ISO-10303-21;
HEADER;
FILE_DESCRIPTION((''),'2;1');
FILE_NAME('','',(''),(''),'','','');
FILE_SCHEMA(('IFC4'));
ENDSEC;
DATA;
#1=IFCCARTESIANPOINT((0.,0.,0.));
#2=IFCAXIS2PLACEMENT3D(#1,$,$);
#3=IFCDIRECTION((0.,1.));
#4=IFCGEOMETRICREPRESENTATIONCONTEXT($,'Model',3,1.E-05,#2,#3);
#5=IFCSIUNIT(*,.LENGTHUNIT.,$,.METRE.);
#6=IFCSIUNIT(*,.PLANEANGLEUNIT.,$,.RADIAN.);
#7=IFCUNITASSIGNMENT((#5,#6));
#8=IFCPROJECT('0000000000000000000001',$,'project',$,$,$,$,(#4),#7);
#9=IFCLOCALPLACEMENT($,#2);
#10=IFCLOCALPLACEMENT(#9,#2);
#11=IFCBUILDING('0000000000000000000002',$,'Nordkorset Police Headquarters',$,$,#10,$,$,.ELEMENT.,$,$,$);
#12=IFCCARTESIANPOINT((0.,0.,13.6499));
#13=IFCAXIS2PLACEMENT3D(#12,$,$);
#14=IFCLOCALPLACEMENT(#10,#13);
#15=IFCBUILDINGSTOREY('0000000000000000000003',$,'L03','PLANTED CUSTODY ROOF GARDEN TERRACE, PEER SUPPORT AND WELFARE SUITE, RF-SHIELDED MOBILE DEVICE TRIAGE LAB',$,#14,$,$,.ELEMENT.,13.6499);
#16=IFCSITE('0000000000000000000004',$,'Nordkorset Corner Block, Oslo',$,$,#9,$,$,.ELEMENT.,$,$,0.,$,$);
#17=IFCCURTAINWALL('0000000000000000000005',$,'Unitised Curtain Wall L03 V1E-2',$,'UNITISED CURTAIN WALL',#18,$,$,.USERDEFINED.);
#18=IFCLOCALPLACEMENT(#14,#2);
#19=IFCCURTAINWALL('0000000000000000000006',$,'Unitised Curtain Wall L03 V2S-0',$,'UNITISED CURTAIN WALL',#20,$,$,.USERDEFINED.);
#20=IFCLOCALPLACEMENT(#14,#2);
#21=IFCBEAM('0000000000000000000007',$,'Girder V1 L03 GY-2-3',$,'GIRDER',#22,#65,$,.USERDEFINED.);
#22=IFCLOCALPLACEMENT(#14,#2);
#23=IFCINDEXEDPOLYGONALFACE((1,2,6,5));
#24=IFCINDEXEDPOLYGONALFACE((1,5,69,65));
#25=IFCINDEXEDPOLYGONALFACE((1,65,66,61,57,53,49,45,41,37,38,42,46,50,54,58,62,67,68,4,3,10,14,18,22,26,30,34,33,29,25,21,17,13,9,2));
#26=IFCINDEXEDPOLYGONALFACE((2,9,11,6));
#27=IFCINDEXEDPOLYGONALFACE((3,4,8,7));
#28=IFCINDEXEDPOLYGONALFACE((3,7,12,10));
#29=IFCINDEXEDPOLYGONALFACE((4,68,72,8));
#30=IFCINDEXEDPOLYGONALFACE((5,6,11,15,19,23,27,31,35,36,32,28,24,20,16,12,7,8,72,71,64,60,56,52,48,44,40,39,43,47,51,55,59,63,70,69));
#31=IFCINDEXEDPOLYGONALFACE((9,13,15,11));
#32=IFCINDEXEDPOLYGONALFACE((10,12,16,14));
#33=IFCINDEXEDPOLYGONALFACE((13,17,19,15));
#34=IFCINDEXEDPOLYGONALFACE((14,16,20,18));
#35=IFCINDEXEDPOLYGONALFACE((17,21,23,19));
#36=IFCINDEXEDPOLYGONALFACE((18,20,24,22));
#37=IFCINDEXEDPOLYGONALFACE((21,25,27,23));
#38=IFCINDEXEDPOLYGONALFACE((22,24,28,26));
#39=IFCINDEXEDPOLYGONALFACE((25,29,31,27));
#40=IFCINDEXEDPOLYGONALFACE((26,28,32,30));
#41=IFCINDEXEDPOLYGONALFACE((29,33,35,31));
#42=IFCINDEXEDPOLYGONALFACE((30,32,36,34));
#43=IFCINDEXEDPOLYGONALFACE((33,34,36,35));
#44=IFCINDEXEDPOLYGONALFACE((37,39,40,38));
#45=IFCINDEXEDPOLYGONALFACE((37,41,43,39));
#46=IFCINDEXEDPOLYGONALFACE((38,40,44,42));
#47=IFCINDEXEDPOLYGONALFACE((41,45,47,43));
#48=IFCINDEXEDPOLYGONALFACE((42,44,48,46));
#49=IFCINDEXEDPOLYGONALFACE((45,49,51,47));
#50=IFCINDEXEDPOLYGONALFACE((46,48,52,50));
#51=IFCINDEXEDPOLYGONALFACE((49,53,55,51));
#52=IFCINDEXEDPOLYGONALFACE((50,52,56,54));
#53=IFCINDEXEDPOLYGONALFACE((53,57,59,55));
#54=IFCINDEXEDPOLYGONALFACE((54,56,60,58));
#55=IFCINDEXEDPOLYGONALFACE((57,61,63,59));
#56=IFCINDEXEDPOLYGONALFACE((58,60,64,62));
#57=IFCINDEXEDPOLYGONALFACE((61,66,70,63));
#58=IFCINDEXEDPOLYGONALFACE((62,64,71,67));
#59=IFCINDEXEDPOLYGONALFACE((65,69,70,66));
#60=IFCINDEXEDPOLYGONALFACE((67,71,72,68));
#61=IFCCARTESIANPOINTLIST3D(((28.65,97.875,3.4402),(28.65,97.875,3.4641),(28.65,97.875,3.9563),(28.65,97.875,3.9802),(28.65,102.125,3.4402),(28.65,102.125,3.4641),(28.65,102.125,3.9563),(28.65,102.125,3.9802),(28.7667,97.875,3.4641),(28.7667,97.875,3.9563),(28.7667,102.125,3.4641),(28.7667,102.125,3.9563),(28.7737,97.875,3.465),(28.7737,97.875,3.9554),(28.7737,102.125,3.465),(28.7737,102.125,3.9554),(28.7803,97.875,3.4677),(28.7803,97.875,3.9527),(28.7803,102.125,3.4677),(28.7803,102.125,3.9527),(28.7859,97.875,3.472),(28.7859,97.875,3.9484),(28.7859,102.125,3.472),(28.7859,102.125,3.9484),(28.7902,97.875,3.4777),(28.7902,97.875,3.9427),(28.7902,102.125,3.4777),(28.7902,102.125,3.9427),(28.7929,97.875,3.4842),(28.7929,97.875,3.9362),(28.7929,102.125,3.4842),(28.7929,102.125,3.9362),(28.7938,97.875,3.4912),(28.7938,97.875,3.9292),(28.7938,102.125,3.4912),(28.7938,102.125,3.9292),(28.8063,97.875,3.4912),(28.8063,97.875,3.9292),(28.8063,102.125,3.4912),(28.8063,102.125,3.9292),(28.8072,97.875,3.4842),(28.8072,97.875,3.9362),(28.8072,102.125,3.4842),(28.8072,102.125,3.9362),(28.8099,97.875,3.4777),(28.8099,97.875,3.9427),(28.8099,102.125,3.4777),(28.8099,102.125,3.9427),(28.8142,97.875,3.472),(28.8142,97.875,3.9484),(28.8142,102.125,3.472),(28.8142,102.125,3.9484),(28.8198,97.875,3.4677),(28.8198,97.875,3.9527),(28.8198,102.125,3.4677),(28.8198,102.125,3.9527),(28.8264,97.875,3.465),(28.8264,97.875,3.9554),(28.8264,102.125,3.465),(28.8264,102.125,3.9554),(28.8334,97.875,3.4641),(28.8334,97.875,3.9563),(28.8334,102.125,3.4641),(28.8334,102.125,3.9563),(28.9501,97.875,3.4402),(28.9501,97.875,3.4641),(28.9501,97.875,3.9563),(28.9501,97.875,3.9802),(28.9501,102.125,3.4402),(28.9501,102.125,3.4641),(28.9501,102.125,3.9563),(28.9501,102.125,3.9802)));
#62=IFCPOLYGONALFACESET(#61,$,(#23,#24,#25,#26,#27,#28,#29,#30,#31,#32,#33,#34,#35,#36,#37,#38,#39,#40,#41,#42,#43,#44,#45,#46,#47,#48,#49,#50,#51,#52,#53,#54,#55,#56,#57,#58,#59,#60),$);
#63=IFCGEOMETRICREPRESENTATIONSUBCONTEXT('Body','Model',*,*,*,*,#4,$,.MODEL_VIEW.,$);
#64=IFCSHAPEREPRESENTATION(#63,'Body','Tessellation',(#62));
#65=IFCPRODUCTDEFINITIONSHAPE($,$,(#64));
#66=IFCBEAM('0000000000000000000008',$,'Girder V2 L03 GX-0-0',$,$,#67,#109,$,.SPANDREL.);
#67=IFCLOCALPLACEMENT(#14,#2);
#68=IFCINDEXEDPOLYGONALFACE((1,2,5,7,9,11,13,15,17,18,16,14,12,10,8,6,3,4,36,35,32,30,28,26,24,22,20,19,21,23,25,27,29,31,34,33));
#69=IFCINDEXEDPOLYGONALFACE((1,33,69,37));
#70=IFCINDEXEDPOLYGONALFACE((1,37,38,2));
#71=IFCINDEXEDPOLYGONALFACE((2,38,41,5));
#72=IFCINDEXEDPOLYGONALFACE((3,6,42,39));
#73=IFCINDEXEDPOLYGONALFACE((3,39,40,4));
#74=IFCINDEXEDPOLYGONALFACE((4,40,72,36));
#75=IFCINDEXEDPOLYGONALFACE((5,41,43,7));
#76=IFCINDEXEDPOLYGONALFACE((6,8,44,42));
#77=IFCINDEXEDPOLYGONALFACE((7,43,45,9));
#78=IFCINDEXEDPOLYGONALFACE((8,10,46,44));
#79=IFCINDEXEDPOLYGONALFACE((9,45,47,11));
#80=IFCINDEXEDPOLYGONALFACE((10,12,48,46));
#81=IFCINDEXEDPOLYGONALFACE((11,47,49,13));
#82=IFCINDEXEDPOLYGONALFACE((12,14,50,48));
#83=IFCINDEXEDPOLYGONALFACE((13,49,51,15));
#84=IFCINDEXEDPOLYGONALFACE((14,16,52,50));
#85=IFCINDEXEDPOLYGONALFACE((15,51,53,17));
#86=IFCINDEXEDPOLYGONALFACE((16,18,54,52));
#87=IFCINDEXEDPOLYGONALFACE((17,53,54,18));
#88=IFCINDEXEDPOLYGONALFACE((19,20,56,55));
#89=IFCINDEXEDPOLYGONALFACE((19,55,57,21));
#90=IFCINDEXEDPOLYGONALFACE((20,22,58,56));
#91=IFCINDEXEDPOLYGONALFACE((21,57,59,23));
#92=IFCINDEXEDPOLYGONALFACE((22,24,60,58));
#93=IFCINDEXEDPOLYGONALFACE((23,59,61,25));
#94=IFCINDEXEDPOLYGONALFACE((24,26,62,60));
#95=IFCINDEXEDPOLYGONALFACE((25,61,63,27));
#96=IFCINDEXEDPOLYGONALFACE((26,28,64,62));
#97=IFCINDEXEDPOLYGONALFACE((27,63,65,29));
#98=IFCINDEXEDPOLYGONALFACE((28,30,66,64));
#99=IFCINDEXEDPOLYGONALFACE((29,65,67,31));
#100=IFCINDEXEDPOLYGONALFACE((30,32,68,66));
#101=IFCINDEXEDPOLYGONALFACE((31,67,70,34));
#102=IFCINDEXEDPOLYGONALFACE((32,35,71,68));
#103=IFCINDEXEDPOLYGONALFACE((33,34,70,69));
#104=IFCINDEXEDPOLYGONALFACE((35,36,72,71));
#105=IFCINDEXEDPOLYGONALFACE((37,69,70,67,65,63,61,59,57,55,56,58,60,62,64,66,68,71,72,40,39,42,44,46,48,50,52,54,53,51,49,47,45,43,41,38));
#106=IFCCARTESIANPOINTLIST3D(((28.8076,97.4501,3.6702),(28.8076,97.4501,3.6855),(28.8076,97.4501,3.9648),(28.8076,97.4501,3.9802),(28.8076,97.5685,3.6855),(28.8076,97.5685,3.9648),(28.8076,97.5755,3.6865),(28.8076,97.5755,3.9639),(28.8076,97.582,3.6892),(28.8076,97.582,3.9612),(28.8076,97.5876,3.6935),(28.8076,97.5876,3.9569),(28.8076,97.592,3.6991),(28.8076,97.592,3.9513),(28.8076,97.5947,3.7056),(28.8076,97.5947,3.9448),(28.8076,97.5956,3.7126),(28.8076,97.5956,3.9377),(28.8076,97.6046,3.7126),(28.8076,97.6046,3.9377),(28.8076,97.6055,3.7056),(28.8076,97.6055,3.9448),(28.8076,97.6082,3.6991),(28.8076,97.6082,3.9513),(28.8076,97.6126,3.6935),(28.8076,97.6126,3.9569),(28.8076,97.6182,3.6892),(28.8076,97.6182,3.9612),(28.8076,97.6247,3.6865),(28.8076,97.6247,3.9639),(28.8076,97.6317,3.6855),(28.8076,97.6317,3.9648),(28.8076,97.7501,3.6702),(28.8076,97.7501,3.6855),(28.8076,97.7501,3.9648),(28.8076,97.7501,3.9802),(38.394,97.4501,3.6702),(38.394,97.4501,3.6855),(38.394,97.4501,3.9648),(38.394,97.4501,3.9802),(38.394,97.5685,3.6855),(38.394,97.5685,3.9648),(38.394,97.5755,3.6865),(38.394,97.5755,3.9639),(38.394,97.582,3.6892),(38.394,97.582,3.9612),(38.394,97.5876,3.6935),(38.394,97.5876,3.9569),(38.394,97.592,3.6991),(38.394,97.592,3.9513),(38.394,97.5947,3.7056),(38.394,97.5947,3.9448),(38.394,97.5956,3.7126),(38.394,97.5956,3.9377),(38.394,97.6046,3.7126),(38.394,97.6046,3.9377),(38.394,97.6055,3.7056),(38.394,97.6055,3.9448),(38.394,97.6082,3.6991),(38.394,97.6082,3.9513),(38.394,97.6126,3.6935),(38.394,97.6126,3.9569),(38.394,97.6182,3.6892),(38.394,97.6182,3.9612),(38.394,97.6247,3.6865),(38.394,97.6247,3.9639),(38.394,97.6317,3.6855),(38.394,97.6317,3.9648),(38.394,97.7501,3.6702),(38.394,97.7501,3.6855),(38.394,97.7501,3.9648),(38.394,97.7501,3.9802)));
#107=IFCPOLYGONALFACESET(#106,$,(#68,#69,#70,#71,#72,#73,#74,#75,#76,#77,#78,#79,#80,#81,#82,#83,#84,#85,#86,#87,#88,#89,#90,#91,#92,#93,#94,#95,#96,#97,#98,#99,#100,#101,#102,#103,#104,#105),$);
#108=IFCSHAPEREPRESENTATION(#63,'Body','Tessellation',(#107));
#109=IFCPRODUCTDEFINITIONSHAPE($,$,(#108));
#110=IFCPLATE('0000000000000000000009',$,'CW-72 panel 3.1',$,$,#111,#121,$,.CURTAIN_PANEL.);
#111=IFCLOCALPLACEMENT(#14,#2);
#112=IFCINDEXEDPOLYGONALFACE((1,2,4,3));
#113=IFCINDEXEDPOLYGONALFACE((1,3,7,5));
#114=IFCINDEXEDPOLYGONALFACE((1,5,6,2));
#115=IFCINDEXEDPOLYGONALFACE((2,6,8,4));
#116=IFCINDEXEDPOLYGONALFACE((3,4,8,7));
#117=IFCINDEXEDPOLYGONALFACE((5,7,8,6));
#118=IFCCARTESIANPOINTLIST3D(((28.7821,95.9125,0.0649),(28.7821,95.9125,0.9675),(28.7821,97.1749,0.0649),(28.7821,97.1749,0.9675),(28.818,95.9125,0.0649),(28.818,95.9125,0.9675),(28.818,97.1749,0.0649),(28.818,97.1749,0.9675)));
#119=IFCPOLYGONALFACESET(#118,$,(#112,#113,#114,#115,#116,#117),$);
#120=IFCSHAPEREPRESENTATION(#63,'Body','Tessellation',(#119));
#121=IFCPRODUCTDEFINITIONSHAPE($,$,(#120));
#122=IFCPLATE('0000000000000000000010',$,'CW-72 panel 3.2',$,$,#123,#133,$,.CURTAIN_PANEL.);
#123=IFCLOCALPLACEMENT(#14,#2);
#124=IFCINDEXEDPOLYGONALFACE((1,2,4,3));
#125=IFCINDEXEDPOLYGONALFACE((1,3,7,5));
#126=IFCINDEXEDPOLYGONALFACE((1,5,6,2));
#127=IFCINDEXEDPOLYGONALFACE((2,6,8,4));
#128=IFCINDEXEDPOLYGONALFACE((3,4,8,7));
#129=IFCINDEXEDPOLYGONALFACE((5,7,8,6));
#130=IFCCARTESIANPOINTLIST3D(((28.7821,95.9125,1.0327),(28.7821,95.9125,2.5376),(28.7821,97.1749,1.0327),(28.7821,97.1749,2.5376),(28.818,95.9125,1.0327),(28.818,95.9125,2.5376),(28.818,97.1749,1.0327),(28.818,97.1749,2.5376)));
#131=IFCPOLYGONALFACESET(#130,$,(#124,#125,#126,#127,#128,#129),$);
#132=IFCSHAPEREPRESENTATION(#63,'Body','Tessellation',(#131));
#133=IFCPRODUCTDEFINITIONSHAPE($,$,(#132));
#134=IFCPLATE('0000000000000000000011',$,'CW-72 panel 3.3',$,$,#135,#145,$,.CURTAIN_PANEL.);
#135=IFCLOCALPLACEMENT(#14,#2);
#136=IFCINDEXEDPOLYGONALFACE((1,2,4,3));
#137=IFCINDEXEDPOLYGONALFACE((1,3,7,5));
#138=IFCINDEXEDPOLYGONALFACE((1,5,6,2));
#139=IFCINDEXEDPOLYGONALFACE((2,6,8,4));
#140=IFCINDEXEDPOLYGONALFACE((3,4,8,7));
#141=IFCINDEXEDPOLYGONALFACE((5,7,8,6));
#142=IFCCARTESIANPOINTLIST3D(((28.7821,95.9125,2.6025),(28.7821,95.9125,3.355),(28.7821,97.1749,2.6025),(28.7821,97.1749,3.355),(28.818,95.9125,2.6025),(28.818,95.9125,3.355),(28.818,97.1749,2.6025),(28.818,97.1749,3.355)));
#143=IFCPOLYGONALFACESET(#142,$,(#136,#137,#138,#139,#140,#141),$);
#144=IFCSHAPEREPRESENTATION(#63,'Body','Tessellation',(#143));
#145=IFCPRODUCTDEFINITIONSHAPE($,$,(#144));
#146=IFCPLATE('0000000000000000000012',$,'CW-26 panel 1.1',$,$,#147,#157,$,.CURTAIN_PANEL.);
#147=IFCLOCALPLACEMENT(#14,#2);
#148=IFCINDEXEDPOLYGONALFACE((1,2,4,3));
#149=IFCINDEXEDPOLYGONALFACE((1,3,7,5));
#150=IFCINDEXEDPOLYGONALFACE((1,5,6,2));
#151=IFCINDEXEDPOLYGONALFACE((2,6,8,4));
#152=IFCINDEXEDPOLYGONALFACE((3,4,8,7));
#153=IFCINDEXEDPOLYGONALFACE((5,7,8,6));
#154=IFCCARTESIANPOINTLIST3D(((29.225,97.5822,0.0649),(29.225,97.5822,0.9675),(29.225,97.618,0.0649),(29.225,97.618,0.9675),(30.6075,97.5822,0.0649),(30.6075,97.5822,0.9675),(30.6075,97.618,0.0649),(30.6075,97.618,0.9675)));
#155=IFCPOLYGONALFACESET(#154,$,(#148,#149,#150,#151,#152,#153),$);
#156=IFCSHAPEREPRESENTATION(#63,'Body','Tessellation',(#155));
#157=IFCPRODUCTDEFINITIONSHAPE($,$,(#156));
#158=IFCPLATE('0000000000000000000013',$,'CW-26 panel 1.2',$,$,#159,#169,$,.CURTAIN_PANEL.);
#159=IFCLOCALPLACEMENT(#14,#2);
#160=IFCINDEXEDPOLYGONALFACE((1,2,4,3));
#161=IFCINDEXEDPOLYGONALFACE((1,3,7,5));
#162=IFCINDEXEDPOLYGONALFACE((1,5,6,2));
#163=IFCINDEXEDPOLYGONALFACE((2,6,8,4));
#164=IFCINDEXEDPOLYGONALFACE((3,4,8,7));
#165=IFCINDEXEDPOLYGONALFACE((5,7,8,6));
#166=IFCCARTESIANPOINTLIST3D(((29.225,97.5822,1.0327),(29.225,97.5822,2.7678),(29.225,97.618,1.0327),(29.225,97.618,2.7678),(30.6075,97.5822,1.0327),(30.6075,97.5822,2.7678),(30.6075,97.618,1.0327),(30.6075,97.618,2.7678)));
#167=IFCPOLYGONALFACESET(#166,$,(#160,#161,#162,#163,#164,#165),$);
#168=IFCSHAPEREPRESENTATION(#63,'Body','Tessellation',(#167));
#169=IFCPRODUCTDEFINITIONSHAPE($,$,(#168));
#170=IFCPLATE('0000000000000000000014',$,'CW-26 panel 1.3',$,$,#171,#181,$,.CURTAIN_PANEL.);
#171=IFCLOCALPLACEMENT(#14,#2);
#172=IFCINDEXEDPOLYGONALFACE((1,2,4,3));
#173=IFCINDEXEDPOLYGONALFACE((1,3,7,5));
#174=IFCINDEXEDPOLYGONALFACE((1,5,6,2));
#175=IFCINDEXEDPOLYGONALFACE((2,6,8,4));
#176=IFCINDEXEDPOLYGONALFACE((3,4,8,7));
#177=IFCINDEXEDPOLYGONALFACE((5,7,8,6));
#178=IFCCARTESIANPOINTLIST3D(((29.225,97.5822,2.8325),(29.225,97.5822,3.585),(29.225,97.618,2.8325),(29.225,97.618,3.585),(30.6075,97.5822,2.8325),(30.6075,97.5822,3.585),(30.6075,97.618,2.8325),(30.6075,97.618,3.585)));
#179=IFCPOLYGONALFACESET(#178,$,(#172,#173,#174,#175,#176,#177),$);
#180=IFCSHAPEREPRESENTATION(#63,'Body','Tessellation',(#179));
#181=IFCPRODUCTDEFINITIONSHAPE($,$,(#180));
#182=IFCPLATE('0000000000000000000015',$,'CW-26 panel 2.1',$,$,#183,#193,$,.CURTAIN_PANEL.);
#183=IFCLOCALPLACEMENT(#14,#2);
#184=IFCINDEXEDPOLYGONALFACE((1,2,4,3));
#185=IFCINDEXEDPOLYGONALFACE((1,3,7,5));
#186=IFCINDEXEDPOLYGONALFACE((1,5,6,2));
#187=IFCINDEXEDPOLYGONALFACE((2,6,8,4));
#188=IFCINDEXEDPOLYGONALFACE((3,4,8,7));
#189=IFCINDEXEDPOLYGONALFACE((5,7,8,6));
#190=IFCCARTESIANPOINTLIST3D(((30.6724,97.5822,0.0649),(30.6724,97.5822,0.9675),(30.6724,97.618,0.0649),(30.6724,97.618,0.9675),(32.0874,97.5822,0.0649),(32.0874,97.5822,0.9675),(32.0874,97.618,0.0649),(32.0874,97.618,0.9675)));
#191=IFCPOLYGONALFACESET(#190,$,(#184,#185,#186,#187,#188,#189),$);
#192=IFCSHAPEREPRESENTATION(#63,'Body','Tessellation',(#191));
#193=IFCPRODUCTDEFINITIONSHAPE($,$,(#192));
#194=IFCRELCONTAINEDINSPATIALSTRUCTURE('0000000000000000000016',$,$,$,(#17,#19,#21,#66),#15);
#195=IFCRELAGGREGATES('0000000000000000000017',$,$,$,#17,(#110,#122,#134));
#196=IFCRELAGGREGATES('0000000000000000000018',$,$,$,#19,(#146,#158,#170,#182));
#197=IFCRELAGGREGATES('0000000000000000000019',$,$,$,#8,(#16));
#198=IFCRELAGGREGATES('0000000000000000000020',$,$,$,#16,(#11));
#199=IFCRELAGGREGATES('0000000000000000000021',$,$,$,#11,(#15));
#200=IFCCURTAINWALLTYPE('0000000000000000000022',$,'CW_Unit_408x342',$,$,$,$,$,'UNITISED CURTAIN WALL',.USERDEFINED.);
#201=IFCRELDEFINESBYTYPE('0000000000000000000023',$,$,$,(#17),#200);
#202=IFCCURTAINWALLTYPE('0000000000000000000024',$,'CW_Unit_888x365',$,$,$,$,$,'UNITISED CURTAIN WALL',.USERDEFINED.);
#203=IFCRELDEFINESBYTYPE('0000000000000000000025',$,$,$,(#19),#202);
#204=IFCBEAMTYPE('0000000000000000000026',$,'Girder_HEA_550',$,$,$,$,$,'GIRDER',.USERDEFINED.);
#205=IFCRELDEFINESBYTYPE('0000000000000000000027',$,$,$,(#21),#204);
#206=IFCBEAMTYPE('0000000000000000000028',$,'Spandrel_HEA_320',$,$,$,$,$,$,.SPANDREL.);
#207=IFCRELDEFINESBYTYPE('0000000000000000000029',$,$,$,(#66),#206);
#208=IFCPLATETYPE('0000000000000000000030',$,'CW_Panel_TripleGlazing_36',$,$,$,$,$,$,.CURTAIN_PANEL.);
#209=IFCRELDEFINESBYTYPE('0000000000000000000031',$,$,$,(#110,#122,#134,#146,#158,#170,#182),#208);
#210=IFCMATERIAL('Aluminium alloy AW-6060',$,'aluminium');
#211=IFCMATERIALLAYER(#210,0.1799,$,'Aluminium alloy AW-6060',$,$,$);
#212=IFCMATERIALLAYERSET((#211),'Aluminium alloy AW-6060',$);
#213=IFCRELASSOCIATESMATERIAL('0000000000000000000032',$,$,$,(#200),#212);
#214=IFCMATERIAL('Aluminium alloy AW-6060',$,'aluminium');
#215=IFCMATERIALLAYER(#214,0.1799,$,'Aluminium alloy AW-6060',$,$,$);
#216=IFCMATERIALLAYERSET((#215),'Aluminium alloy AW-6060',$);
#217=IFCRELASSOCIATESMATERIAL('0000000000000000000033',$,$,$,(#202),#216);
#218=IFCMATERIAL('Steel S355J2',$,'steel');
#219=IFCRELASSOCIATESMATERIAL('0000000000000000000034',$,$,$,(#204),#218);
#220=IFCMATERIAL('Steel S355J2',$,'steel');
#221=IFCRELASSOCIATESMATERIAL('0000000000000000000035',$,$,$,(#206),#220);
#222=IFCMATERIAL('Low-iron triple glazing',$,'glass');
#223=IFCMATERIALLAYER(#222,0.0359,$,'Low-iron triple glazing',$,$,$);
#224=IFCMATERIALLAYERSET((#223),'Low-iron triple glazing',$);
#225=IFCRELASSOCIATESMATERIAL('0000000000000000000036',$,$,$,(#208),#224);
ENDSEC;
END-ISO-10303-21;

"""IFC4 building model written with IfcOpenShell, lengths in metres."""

from ifc_helpers import new_model, si_unit, direction, frame, origin, origin_2d, place, context, subcontext, project, spatial, rectangle, i_section, extrude, material, layer, layer_set, material_profile, profile_set, type_object, element, aggregate, save


model = new_model("IFC4")

# Units and contexts
model_context = context("Model", 3, precision=1e-05, world=origin(), true_north=direction((0.0, 1.0)))
body_context = subcontext(model_context, "Body", "Model", "MODEL_VIEW")
ifc_project = project(units=[si_unit("LENGTHUNIT", "METRE"), si_unit("PLANEANGLEUNIT", "RADIAN")], contexts=[model_context])

# Site, building, storey
site_placement = place(None, origin())
site = spatial("IfcSite", under=ifc_project, at=site_placement, Name="Nordkorset Corner Block, Oslo", CompositionType="ELEMENT", RefElevation=0.0)
building_placement = place(site_placement, origin())
building = spatial("IfcBuilding", under=site, at=building_placement, Name="Nordkorset Police Headquarters", CompositionType="ELEMENT")
storey_placement = place(building_placement, frame((0.0, 0.0, 13.6499)))
storey = spatial("IfcBuildingStorey", under=building, at=storey_placement, Name="L03", Description="PLANTED CUSTODY ROOF GARDEN TERRACE, PEER SUPPORT AND WELFARE SUITE, RF-SHIELDED MOBILE DEVICE TRIAGE LAB", CompositionType="ELEMENT", Elevation=13.6499)

# Curtain wall
ifc_material_1 = material(Name="Aluminium alloy AW-6060", Category="aluminium")
ifc_layer_1 = layer(ifc_material_1, 0.1799, Name="Aluminium alloy AW-6060")
ifc_layer_set_1 = layer_set([ifc_layer_1], Name="Aluminium alloy AW-6060")
curtain_wall_type_1 = type_object("IfcCurtainWallType", Name="CW_Unit_408x342", ElementType="UNITISED CURTAIN WALL", PredefinedType="USERDEFINED", material=ifc_layer_set_1)
curtain_wall_1_placement = place(storey_placement, origin())
curtain_wall_1 = element("IfcCurtainWall", 1, at=curtain_wall_1_placement, inside=storey, type_object=curtain_wall_type_1, Name="Unitised Curtain Wall L03 V1E-2", ObjectType="UNITISED CURTAIN WALL", PredefinedType="USERDEFINED")

# Curtain wall
ifc_material_2 = material(Name="Aluminium alloy AW-6060", Category="aluminium")
ifc_layer_2 = layer(ifc_material_2, 0.1799, Name="Aluminium alloy AW-6060")
ifc_layer_set_2 = layer_set([ifc_layer_2], Name="Aluminium alloy AW-6060")
curtain_wall_type_2 = type_object("IfcCurtainWallType", Name="CW_Unit_888x365", ElementType="UNITISED CURTAIN WALL", PredefinedType="USERDEFINED", material=ifc_layer_set_2)
curtain_wall_2_placement = place(storey_placement, origin())
curtain_wall_2 = element("IfcCurtainWall", 2, at=curtain_wall_2_placement, inside=storey, type_object=curtain_wall_type_2, Name="Unitised Curtain Wall L03 V2S-0", ObjectType="UNITISED CURTAIN WALL", PredefinedType="USERDEFINED")

# Beams
ifc_material_3 = material(Name="Steel S355J2", Category="steel")
ifc_material_profile_1 = material_profile(ifc_material_3, i_section(OverallWidth=0.3, OverallDepth=0.54, WebThickness=0.0125, FlangeThickness=0.0239, FilletRadius=0.0271, at=origin_2d()), Name="HEA 550")
ifc_profile_set_1 = profile_set([ifc_material_profile_1], Name="Steel S355J2")
beam_type_1 = type_object("IfcBeamType", Name="Girder_HEA_550", ElementType="GIRDER", PredefinedType="USERDEFINED", material=ifc_profile_set_1)
beam_1_placement = place(storey_placement, frame((28.8, 97.875, 3.7102), z_axis=(0.0, 1.0, 0.0), x_axis=(-1.0, 0.0, 0.0)))
element("IfcBeam", 3, at=beam_1_placement, inside=storey, type_object=beam_type_1, Name="Girder V1 L03 GY-2-3", ObjectType="GIRDER", PredefinedType="USERDEFINED", context=body_context, shape_type="SweptSolid", body=[
    extrude(i_section(OverallWidth=0.3, OverallDepth=0.54, WebThickness=0.0125, FlangeThickness=0.0239, FilletRadius=0.0271, at=origin_2d()), origin(), (0.0, 0.0, 1.0), 4.25),
])
ifc_material_4 = material(Name="Steel S355J2", Category="steel")
ifc_material_profile_2 = material_profile(ifc_material_4, i_section(OverallWidth=0.3, OverallDepth=0.3101, WebThickness=0.009, FlangeThickness=0.0154, FilletRadius=0.0271, at=origin_2d()), Name="HEA 320")
ifc_profile_set_2 = profile_set([ifc_material_profile_2], Name="Steel S355J2")
beam_type_2 = type_object("IfcBeamType", Name="Spandrel_HEA_320", PredefinedType="SPANDREL", material=ifc_profile_set_2)
beam_2_placement = place(storey_placement, frame((28.8076, 97.6001, 3.8252), z_axis=(1.0, 0.0, 0.0), x_axis=(0.0, 1.0, 0.0)))
element("IfcBeam", 4, at=beam_2_placement, inside=storey, type_object=beam_type_2, Name="Girder V2 L03 GX-0-0", PredefinedType="SPANDREL", context=body_context, shape_type="SweptSolid", body=[
    extrude(i_section(OverallWidth=0.3, OverallDepth=0.3101, WebThickness=0.009, FlangeThickness=0.0154, FilletRadius=0.0271, at=origin_2d()), origin(), (0.0, 0.0, 1.0), 9.5864),
])

# Plates
ifc_material_5 = material(Name="Low-iron triple glazing", Category="glass")
ifc_layer_3 = layer(ifc_material_5, 0.0359, Name="Low-iron triple glazing")
ifc_layer_set_3 = layer_set([ifc_layer_3], Name="Low-iron triple glazing")
plate_type = type_object("IfcPlateType", Name="CW_Panel_TripleGlazing_36", PredefinedType="CURTAIN_PANEL", material=ifc_layer_set_3)
plate_1_placement = place(storey_placement, frame((28.8, 96.5437, 0.0649), z_axis=(0.0, 0.0, 1.0), x_axis=(0.0, 1.0, 0.0)))
plate_1 = element("IfcPlate", 5, at=plate_1_placement, type_object=plate_type, Name="CW-72 panel 3.1", PredefinedType="CURTAIN_PANEL", context=body_context, shape_type="SweptSolid", body=[
    extrude(rectangle(XDim=1.2625, YDim=0.0359, at=origin_2d()), origin(), (0.0, 0.0, 1.0), 0.9026),
])
plate_2_placement = place(storey_placement, frame((28.8, 96.5437, 1.0327), z_axis=(0.0, 0.0, 1.0), x_axis=(0.0, 1.0, 0.0)))
plate_2 = element("IfcPlate", 6, at=plate_2_placement, type_object=plate_type, Name="CW-72 panel 3.2", PredefinedType="CURTAIN_PANEL", context=body_context, shape_type="SweptSolid", body=[
    extrude(rectangle(XDim=1.2625, YDim=0.0359, at=origin_2d()), origin(), (0.0, 0.0, 1.0), 1.5049),
])
plate_3_placement = place(storey_placement, frame((28.8, 96.5437, 2.6025), z_axis=(0.0, 0.0, 1.0), x_axis=(0.0, 1.0, 0.0)))
plate_3 = element("IfcPlate", 7, at=plate_3_placement, type_object=plate_type, Name="CW-72 panel 3.3", PredefinedType="CURTAIN_PANEL", context=body_context, shape_type="SweptSolid", body=[
    extrude(rectangle(XDim=1.2625, YDim=0.0359, at=origin_2d()), origin(), (0.0, 0.0, 1.0), 0.7524),
])
aggregate(curtain_wall_1, [plate_1, plate_2, plate_3])
plate_4_placement = place(storey_placement, frame((29.9163, 97.6001, 0.0649), z_axis=(0.0, 0.0, 1.0), x_axis=(1.0, 0.0, 0.0)))
plate_4 = element("IfcPlate", 8, at=plate_4_placement, type_object=plate_type, Name="CW-26 panel 1.1", PredefinedType="CURTAIN_PANEL", context=body_context, shape_type="SweptSolid", body=[
    extrude(rectangle(XDim=1.3826, YDim=0.0359, at=origin_2d()), origin(), (0.0, 0.0, 1.0), 0.9026),
])
plate_5_placement = place(storey_placement, frame((29.9163, 97.6001, 1.0327), z_axis=(0.0, 0.0, 1.0), x_axis=(1.0, 0.0, 0.0)))
plate_5 = element("IfcPlate", 9, at=plate_5_placement, type_object=plate_type, Name="CW-26 panel 1.2", PredefinedType="CURTAIN_PANEL", context=body_context, shape_type="SweptSolid", body=[
    extrude(rectangle(XDim=1.3826, YDim=0.0359, at=origin_2d()), origin(), (0.0, 0.0, 1.0), 1.7351),
])
plate_6_placement = place(storey_placement, frame((29.9163, 97.6001, 2.8325), z_axis=(0.0, 0.0, 1.0), x_axis=(1.0, 0.0, 0.0)))
plate_6 = element("IfcPlate", 10, at=plate_6_placement, type_object=plate_type, Name="CW-26 panel 1.3", PredefinedType="CURTAIN_PANEL", context=body_context, shape_type="SweptSolid", body=[
    extrude(rectangle(XDim=1.3826, YDim=0.0359, at=origin_2d()), origin(), (0.0, 0.0, 1.0), 0.7524),
])
plate_7_placement = place(storey_placement, frame((31.3799, 97.6001, 0.0649), z_axis=(0.0, 0.0, 1.0), x_axis=(1.0, 0.0, 0.0)))
plate_7 = element("IfcPlate", 11, at=plate_7_placement, type_object=plate_type, Name="CW-26 panel 2.1", PredefinedType="CURTAIN_PANEL", context=body_context, shape_type="SweptSolid", body=[
    extrude(rectangle(XDim=1.415, YDim=0.0359, at=origin_2d()), origin(), (0.0, 0.0, 1.0), 0.9026),
])
aggregate(curtain_wall_2, [plate_4, plate_5, plate_6, plate_7])

save(model, "model.ifc")
